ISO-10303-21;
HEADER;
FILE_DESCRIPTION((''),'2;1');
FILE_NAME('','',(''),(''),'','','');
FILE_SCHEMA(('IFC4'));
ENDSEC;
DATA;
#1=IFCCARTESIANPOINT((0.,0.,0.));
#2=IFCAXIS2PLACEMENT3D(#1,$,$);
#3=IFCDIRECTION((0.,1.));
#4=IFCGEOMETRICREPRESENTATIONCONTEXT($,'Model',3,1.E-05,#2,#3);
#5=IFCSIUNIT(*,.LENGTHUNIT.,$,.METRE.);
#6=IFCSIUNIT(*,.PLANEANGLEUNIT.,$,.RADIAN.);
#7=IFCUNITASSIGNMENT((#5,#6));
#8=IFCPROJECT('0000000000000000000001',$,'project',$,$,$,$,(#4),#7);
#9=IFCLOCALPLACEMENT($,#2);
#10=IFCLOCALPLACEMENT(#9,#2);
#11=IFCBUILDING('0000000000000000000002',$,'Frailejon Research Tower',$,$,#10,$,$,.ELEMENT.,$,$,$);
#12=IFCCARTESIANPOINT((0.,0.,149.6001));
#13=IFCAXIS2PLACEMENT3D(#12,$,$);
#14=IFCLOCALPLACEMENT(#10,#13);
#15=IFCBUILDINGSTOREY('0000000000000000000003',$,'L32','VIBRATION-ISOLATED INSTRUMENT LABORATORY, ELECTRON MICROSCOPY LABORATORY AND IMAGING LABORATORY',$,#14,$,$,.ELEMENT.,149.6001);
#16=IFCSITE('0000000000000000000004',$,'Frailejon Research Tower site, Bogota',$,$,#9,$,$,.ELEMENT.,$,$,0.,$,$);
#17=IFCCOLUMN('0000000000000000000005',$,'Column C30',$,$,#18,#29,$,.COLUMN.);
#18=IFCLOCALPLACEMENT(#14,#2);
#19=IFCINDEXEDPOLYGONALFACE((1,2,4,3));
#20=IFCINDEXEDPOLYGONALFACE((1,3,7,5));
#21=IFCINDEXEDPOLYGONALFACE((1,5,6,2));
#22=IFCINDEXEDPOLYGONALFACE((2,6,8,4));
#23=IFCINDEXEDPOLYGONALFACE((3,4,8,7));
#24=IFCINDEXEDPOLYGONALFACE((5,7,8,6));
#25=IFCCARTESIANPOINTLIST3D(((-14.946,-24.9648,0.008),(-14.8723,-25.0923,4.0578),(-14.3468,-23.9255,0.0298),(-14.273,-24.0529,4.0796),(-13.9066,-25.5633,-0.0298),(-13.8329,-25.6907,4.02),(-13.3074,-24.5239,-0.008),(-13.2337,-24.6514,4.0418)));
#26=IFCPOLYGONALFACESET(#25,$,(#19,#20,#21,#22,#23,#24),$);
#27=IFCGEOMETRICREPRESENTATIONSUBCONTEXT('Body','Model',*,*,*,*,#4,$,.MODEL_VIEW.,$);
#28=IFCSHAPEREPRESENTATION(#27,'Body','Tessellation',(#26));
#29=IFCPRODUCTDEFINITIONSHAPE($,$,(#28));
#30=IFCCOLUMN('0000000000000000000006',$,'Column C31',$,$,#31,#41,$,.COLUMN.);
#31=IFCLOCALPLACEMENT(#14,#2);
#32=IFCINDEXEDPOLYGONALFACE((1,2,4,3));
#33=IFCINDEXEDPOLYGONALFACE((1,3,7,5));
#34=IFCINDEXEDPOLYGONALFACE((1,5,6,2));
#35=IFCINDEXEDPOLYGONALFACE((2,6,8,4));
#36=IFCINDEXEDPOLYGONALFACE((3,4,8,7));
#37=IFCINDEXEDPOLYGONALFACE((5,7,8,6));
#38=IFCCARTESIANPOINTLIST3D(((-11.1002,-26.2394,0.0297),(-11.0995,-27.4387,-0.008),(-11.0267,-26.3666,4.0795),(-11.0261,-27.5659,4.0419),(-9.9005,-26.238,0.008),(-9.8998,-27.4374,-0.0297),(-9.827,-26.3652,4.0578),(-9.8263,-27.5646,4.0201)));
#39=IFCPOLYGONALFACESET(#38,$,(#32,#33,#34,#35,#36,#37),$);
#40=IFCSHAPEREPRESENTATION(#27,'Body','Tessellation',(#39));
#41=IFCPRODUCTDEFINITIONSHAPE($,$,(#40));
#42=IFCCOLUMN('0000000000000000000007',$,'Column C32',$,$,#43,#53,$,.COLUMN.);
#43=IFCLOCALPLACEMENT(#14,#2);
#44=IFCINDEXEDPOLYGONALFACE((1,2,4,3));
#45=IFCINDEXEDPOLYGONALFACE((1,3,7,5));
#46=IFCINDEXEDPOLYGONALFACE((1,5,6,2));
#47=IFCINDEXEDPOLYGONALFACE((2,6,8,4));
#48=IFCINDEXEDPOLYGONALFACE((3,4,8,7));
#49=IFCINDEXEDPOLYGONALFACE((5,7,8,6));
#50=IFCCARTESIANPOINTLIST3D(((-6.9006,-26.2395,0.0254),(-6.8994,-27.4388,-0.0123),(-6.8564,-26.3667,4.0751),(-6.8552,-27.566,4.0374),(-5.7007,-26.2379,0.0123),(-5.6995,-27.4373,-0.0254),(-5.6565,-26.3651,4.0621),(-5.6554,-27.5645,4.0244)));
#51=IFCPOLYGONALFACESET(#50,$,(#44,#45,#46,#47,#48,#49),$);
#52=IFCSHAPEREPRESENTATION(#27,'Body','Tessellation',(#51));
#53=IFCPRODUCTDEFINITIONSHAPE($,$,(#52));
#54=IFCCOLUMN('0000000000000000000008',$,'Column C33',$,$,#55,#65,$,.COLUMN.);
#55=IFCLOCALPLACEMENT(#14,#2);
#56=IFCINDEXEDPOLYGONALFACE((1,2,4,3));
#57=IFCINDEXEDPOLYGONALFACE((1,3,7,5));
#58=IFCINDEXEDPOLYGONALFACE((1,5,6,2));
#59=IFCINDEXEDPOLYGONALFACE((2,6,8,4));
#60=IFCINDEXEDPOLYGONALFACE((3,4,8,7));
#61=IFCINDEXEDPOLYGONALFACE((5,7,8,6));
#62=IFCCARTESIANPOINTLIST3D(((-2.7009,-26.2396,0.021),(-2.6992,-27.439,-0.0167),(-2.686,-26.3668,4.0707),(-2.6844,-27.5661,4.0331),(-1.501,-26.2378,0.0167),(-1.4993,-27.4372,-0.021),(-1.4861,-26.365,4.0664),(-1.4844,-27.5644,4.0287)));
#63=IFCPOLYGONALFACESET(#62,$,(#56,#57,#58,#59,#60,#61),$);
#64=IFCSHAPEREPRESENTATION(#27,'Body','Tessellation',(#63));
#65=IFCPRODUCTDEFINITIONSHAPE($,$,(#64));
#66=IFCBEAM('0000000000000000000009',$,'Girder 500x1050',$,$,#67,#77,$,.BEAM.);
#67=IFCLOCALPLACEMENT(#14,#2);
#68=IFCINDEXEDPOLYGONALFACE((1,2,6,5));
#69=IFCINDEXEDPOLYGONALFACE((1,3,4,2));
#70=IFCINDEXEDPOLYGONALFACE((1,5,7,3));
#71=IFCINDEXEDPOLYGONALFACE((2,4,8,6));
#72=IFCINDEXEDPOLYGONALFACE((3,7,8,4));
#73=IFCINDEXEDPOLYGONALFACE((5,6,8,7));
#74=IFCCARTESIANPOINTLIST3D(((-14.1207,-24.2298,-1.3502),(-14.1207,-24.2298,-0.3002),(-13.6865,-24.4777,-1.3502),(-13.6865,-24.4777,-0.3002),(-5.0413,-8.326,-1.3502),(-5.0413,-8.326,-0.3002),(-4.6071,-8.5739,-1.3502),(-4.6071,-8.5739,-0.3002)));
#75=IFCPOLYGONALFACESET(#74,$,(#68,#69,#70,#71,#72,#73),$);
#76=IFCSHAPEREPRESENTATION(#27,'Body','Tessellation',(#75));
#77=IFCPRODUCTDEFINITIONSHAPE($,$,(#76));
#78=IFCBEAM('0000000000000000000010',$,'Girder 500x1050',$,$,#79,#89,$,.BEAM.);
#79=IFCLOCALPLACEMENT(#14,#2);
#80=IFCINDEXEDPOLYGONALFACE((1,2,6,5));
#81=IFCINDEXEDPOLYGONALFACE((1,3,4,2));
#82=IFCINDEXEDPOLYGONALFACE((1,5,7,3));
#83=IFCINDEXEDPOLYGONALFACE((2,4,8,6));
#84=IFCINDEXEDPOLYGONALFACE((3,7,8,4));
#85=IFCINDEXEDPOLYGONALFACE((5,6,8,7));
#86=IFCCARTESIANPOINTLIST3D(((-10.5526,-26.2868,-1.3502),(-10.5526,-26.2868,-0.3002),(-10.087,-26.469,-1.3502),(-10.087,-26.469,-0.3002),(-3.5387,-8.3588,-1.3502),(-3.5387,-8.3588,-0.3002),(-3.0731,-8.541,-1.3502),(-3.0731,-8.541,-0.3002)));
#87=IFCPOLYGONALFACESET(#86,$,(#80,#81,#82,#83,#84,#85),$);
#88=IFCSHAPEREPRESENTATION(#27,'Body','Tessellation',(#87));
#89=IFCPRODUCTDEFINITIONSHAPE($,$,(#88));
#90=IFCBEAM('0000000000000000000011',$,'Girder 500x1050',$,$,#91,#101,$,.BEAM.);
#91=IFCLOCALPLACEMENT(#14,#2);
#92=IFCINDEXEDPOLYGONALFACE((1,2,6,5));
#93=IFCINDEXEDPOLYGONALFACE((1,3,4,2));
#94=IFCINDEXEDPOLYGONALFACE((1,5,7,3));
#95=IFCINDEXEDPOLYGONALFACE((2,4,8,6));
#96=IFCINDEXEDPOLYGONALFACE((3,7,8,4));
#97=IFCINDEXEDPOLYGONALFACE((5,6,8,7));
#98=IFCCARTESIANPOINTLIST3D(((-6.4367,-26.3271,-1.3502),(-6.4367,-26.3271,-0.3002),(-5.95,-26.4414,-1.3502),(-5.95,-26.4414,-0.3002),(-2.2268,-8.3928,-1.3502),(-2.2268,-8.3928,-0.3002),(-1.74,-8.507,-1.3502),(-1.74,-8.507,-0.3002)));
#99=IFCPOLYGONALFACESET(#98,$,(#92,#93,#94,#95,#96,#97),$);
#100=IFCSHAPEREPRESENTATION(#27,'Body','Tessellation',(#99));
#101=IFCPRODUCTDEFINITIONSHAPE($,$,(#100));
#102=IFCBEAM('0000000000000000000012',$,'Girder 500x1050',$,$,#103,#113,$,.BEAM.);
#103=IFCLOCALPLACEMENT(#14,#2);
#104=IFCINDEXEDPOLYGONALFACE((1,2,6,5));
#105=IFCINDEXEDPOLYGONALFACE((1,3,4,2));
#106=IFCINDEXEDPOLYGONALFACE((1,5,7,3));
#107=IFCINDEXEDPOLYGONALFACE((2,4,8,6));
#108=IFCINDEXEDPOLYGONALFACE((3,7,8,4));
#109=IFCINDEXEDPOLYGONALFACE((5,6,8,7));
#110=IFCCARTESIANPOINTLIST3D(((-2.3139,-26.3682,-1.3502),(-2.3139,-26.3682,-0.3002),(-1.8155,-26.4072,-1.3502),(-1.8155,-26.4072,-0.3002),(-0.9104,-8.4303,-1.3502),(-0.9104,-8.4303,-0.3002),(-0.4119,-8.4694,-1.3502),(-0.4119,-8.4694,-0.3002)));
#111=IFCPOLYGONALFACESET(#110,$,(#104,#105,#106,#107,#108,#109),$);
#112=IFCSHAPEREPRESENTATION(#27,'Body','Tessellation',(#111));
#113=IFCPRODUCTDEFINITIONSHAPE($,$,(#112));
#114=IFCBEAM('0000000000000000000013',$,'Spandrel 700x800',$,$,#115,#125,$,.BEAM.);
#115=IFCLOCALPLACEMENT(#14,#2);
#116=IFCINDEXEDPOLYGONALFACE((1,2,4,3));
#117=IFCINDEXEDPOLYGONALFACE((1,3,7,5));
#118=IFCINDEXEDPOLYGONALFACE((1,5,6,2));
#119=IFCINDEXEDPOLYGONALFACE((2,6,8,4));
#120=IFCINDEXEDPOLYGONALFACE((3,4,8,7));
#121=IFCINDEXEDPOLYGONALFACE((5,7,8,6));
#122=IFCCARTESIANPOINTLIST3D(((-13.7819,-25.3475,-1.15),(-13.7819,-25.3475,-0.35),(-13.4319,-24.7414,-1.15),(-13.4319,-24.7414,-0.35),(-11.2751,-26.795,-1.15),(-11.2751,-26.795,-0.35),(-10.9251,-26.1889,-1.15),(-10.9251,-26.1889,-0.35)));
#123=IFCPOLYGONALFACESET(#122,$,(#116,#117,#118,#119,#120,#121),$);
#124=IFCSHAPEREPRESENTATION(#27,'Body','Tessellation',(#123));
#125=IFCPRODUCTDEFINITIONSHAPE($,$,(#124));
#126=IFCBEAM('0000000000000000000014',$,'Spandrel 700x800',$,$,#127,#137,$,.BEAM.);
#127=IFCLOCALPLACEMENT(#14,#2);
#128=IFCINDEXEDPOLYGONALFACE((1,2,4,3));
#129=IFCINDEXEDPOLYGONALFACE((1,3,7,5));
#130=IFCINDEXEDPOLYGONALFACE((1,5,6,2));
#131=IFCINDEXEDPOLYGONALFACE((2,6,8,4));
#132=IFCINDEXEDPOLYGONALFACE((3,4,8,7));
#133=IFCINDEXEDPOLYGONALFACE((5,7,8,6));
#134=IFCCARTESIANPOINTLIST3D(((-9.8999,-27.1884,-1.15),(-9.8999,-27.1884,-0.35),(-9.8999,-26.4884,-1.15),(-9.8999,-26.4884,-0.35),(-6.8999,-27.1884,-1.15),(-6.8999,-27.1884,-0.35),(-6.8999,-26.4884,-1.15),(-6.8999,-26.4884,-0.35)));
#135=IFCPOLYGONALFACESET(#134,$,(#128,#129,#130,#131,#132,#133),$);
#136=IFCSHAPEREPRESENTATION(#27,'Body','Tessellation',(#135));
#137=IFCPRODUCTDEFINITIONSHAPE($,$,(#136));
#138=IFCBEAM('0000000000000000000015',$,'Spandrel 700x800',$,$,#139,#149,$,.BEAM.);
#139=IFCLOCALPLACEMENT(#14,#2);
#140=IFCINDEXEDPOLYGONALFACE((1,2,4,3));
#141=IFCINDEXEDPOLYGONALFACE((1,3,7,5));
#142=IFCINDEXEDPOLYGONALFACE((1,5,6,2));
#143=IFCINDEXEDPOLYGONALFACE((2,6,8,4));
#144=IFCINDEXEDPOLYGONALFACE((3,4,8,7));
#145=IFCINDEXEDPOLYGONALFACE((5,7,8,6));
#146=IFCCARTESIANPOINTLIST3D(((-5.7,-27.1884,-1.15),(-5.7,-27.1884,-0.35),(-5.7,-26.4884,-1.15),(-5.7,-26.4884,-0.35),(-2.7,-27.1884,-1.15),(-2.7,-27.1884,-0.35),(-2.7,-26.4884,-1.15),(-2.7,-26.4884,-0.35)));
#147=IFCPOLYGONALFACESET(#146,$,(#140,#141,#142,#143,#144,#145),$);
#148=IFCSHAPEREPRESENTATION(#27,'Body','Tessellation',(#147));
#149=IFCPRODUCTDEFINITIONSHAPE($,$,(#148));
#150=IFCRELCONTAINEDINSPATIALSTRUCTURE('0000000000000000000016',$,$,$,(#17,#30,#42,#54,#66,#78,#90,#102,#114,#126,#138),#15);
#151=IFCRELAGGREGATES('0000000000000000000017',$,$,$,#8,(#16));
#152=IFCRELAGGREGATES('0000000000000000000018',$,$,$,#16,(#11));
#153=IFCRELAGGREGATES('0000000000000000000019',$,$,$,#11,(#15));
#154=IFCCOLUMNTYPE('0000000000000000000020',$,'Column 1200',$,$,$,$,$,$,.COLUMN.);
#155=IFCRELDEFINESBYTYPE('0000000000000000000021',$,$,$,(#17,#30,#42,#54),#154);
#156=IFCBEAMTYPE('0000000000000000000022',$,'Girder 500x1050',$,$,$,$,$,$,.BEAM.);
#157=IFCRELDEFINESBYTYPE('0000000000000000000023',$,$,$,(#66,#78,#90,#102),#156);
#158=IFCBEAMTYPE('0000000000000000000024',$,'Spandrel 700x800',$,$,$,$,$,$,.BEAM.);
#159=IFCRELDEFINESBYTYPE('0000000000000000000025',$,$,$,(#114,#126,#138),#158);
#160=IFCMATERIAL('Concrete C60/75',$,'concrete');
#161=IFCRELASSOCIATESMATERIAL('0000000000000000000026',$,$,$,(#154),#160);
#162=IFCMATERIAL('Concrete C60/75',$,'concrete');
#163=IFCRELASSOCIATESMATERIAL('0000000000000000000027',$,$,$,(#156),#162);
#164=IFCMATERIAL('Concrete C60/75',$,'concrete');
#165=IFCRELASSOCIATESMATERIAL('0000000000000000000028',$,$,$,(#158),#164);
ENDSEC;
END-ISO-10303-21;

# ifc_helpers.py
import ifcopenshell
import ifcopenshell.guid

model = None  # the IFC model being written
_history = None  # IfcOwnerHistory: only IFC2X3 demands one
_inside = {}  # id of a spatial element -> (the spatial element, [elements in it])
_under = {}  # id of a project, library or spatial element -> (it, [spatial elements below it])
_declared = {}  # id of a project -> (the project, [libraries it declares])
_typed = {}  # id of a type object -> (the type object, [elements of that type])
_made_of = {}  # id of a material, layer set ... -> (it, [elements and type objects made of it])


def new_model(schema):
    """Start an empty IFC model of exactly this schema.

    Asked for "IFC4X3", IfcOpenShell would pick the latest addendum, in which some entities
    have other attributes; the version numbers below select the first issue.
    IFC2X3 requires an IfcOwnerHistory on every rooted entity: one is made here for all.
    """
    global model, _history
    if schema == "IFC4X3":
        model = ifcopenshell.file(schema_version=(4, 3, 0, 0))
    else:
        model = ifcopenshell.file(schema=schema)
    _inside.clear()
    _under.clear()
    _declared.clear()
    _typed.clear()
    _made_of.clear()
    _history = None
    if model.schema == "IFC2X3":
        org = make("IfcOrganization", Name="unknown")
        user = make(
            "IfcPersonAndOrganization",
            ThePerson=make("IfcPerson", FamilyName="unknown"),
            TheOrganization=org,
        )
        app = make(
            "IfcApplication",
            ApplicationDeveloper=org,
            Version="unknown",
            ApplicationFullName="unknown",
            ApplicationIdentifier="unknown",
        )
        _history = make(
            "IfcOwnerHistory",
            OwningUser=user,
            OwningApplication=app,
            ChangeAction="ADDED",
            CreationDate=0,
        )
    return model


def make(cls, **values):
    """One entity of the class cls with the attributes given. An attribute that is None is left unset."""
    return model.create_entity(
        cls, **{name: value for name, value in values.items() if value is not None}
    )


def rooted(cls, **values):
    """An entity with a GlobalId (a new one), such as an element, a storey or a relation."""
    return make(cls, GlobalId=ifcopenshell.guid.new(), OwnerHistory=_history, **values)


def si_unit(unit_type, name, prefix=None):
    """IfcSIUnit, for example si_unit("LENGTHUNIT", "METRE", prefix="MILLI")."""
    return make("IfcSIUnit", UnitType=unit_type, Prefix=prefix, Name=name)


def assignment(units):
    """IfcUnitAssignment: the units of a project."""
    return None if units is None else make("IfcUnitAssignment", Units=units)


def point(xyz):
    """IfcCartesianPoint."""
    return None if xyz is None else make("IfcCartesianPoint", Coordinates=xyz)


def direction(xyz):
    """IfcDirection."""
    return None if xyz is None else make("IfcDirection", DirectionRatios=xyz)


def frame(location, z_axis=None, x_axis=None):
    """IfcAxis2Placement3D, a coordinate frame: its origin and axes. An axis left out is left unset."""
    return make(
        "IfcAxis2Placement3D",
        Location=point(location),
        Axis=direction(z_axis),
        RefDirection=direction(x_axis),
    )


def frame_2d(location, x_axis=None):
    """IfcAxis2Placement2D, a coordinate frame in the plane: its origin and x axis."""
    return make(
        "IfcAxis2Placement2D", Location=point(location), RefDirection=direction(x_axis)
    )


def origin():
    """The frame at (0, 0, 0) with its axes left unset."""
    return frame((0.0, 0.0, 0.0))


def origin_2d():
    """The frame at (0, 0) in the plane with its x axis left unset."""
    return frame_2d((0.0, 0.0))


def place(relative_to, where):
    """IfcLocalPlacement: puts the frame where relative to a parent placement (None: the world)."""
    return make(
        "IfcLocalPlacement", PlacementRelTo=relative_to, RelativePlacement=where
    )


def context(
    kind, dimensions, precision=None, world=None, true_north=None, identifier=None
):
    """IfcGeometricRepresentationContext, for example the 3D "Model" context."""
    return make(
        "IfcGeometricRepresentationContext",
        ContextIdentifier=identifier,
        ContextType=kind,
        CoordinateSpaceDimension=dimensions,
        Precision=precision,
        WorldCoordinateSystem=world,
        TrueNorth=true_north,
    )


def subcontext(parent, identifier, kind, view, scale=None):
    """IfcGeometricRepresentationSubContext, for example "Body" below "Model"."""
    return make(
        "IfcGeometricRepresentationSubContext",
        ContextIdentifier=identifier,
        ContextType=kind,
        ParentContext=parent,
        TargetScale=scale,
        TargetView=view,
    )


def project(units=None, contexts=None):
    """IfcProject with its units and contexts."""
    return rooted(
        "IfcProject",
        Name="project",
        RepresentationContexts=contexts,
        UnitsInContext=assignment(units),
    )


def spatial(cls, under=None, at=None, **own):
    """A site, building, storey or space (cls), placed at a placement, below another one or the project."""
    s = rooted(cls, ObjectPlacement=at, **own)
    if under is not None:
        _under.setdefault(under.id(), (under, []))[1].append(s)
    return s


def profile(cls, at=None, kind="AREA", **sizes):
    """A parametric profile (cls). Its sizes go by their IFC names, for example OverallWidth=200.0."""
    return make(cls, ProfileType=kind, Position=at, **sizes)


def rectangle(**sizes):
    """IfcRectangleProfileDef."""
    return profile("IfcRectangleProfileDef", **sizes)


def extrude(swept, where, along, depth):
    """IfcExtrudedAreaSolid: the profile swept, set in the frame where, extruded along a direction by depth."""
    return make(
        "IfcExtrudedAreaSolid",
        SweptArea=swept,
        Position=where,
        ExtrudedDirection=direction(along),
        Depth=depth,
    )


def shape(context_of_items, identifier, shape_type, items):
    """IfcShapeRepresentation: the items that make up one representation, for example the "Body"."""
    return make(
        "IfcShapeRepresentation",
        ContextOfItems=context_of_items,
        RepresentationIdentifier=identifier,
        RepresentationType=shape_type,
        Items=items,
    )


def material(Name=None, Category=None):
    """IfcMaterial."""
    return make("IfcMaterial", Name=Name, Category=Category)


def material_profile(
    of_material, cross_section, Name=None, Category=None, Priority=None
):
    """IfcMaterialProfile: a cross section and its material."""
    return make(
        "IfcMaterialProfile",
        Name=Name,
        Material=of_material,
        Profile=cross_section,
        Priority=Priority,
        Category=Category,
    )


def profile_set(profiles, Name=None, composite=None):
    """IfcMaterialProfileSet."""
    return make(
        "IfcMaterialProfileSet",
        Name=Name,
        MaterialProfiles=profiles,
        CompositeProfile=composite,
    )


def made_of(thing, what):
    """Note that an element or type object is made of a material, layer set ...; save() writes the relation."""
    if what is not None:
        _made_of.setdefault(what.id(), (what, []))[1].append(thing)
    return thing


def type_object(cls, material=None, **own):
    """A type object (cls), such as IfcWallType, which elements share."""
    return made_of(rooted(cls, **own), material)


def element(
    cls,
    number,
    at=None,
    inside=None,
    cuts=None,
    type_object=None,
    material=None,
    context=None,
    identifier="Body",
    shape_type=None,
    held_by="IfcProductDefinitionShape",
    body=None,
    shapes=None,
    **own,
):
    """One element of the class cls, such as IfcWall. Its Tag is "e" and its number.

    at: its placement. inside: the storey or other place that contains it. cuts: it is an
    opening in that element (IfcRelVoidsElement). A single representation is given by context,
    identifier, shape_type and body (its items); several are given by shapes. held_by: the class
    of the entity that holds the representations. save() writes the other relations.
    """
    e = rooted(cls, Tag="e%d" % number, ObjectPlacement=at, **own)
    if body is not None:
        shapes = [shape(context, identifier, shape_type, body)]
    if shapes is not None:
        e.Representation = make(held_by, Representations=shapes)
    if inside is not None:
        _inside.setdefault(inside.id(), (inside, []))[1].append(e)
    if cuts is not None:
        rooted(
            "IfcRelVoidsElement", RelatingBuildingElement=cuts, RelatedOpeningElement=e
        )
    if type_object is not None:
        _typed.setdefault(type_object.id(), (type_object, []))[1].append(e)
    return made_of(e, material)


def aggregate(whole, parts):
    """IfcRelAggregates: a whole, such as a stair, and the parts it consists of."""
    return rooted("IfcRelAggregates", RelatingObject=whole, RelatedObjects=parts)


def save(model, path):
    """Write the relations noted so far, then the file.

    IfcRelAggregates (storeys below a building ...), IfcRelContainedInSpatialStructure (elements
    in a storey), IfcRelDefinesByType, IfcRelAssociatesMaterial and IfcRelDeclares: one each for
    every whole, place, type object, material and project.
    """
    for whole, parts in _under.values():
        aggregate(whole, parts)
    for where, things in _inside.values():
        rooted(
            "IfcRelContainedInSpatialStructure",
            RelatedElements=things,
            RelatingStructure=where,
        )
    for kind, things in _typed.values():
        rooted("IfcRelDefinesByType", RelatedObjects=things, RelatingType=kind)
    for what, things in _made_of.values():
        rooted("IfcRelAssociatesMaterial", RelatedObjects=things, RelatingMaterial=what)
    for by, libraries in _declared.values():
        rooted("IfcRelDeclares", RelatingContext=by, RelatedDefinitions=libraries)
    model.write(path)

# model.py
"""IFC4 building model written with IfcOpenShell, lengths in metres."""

from ifc_helpers import new_model, si_unit, direction, frame, origin, origin_2d, place, context, subcontext, project, spatial, rectangle, extrude, material, material_profile, profile_set, type_object, element, save


model = new_model("IFC4")

# Units and contexts
model_context = context("Model", 3, precision=1e-05, world=origin(), true_north=direction((0.0, 1.0)))
body_context = subcontext(model_context, "Body", "Model", "MODEL_VIEW")
ifc_project = project(units=[si_unit("LENGTHUNIT", "METRE"), si_unit("PLANEANGLEUNIT", "RADIAN")], contexts=[model_context])

# Site, building, storey
site_placement = place(None, origin())
site = spatial("IfcSite", under=ifc_project, at=site_placement, Name="Frailejon Research Tower site, Bogota", CompositionType="ELEMENT", RefElevation=0.0)
building_placement = place(site_placement, origin())
building = spatial("IfcBuilding", under=site, at=building_placement, Name="Frailejon Research Tower", CompositionType="ELEMENT")
storey_placement = place(building_placement, frame((0.0, 0.0, 149.6001)))
storey = spatial("IfcBuildingStorey", under=building, at=storey_placement, Name="L32", Description="VIBRATION-ISOLATED INSTRUMENT LABORATORY, ELECTRON MICROSCOPY LABORATORY AND IMAGING LABORATORY", CompositionType="ELEMENT", Elevation=149.6001)

# Columns
ifc_material_1 = material(Name="Concrete C60/75", Category="concrete")
ifc_material_profile_1 = material_profile(ifc_material_1, rectangle(XDim=1.2, YDim=1.2, at=origin_2d()), Name="Column 1200")
ifc_profile_set_1 = profile_set([ifc_material_profile_1], Name="Concrete C60/75")
column_type = type_object("IfcColumnType", Name="Column 1200", PredefinedType="COLUMN", material=ifc_profile_set_1)
for number, where, z_axis, x_axis, name in (
    (1, (-14.1267, -24.7444, 0.0), (0.018194, -0.031448, 0.99934), (0.866186, -0.49873, -0.031464), "Column C30"),
    (2, (-10.5, -26.8384, 0.0), (0.018134, -0.031388, 0.999343), (0.999835, 0.001116, -0.018108), "Column C31"),
):
    element("IfcColumn", number, at=place(storey_placement, frame(where, z_axis=z_axis, x_axis=x_axis)), inside=storey, type_object=column_type, Name=name, PredefinedType="COLUMN", context=body_context, shape_type="SweptSolid", body=[
        extrude(rectangle(XDim=1.2, YDim=1.2, at=origin_2d()), origin(), (0.0, 0.0, 1.0), 4.0525),
    ])
column_1_placement = place(storey_placement, frame((-6.3, -26.8384, 0.0), z_axis=(0.010905, -0.031391, 0.999448), x_axis=(0.99994, 0.001287, -0.01087)))
element("IfcColumn", 3, at=column_1_placement, inside=storey, type_object=column_type, Name="Column C32", PredefinedType="COLUMN", context=body_context, shape_type="SweptSolid", body=[
    extrude(rectangle(XDim=1.2, YDim=1.2, at=origin_2d()), origin(), (0.0, 0.0, 1.0), 4.052),
])
column_2_placement = place(storey_placement, frame((-2.1001, -26.8384, 0.0), z_axis=(0.003676, -0.031393, 0.9995), x_axis=(0.999992, 0.001487, -0.003631)))
element("IfcColumn", 4, at=column_2_placement, inside=storey, type_object=column_type, Name="Column C33", PredefinedType="COLUMN", context=body_context, shape_type="SweptSolid", body=[
    extrude(rectangle(XDim=1.2, YDim=1.2, at=origin_2d()), origin(), (0.0, 0.0, 1.0), 4.0518),
])

# Beams
ifc_material_2 = material(Name="Concrete C60/75", Category="concrete")
ifc_material_profile_2 = material_profile(ifc_material_2, rectangle(XDim=0.5, YDim=1.05, at=origin_2d()), Name="Girder 500x1050")
ifc_profile_set_2 = profile_set([ifc_material_profile_2], Name="Concrete C60/75")
beam_type_1 = type_object("IfcBeamType", Name="Girder 500x1050", PredefinedType="BEAM", material=ifc_profile_set_2)
beam_1_placement = place(storey_placement, frame((-13.9036, -24.3538, -0.8252), z_axis=(0.495787, 0.868444, 0.0), x_axis=(-0.868444, 0.495787, 0.0)))
element("IfcBeam", 5, at=beam_1_placement, inside=storey, type_object=beam_type_1, Name="Girder 500x1050", PredefinedType="BEAM", context=body_context, shape_type="SweptSolid", body=[
    extrude(rectangle(XDim=0.5, YDim=1.05, at=origin_2d()), origin(), (0.0, 0.0, 1.0), 18.313),
])
beam_2_placement = place(storey_placement, frame((-10.3198, -26.3779, -0.8252), z_axis=(0.364337, 0.931267, 0.0), x_axis=(-0.931267, 0.364337, 0.0)))
element("IfcBeam", 6, at=beam_2_placement, inside=storey, type_object=beam_type_1, Name="Girder 500x1050", PredefinedType="BEAM", context=body_context, shape_type="SweptSolid", body=[
    extrude(rectangle(XDim=0.5, YDim=1.05, at=origin_2d()), origin(), (0.0, 0.0, 1.0), 19.2512),
])
beam_3_placement = place(storey_placement, frame((-6.1934, -26.3843, -0.8252), z_axis=(0.228531, 0.973537, 0.0), x_axis=(-0.973537, 0.228531, 0.0)))
element("IfcBeam", 7, at=beam_3_placement, inside=storey, type_object=beam_type_1, Name="Girder 500x1050", PredefinedType="BEAM", context=body_context, shape_type="SweptSolid", body=[
    extrude(rectangle(XDim=0.5, YDim=1.05, at=origin_2d()), origin(), (0.0, 0.0, 1.0), 18.4219),
])
beam_4_placement = place(storey_placement, frame((-2.0647, -26.3877, -0.8252), z_axis=(0.078008, 0.996953, 0.0), x_axis=(-0.996953, 0.078008, 0.0)))
element("IfcBeam", 8, at=beam_4_placement, inside=storey, type_object=beam_type_1, Name="Girder 500x1050", PredefinedType="BEAM", context=body_context, shape_type="SweptSolid", body=[
    extrude(rectangle(XDim=0.5, YDim=1.05, at=origin_2d()), origin(), (0.0, 0.0, 1.0), 17.9927),
])
ifc_material_3 = material(Name="Concrete C60/75", Category="concrete")
ifc_material_profile_3 = material_profile(ifc_material_3, rectangle(XDim=0.7, YDim=0.8, at=origin_2d()), Name="Spandrel 700x800")
ifc_profile_set_3 = profile_set([ifc_material_profile_3], Name="Concrete C60/75")
beam_type_2 = type_object("IfcBeamType", Name="Spandrel 700x800", PredefinedType="BEAM", material=ifc_profile_set_3)
beam_5_placement = place(storey_placement, frame((-13.6069, -25.0444, -0.75), z_axis=(0.865997, -0.500049, 0.0), x_axis=(0.500049, 0.865997, 0.0)))
element("IfcBeam", 9, at=beam_5_placement, inside=storey, type_object=beam_type_2, Name="Spandrel 700x800", PredefinedType="BEAM", context=body_context, shape_type="SweptSolid", body=[
    extrude(rectangle(XDim=0.7, YDim=0.8, at=origin_2d()), origin(), (0.0, 0.0, 1.0), 2.8948),
])
for number, where, z_axis, x_axis, name in (
    (10, (-9.8999, -26.8384, -0.75), (1.0, 0.0, 0.0), (0.0, 1.0, 0.0), "Spandrel 700x800"),
    (11, (-5.7, -26.8384, -0.75), (1.0, 0.0, 0.0), (0.0, 1.0, 0.0), "Spandrel 700x800"),
):
    element("IfcBeam", number, at=place(storey_placement, frame(where, z_axis=z_axis, x_axis=x_axis)), inside=storey, type_object=beam_type_2, Name=name, PredefinedType="BEAM", context=body_context, shape_type="SweptSolid", body=[
        extrude(rectangle(XDim=0.7, YDim=0.8, at=origin_2d()), origin(), (0.0, 0.0, 1.0), 3.0),
    ])

save(model, "model.ifc")
